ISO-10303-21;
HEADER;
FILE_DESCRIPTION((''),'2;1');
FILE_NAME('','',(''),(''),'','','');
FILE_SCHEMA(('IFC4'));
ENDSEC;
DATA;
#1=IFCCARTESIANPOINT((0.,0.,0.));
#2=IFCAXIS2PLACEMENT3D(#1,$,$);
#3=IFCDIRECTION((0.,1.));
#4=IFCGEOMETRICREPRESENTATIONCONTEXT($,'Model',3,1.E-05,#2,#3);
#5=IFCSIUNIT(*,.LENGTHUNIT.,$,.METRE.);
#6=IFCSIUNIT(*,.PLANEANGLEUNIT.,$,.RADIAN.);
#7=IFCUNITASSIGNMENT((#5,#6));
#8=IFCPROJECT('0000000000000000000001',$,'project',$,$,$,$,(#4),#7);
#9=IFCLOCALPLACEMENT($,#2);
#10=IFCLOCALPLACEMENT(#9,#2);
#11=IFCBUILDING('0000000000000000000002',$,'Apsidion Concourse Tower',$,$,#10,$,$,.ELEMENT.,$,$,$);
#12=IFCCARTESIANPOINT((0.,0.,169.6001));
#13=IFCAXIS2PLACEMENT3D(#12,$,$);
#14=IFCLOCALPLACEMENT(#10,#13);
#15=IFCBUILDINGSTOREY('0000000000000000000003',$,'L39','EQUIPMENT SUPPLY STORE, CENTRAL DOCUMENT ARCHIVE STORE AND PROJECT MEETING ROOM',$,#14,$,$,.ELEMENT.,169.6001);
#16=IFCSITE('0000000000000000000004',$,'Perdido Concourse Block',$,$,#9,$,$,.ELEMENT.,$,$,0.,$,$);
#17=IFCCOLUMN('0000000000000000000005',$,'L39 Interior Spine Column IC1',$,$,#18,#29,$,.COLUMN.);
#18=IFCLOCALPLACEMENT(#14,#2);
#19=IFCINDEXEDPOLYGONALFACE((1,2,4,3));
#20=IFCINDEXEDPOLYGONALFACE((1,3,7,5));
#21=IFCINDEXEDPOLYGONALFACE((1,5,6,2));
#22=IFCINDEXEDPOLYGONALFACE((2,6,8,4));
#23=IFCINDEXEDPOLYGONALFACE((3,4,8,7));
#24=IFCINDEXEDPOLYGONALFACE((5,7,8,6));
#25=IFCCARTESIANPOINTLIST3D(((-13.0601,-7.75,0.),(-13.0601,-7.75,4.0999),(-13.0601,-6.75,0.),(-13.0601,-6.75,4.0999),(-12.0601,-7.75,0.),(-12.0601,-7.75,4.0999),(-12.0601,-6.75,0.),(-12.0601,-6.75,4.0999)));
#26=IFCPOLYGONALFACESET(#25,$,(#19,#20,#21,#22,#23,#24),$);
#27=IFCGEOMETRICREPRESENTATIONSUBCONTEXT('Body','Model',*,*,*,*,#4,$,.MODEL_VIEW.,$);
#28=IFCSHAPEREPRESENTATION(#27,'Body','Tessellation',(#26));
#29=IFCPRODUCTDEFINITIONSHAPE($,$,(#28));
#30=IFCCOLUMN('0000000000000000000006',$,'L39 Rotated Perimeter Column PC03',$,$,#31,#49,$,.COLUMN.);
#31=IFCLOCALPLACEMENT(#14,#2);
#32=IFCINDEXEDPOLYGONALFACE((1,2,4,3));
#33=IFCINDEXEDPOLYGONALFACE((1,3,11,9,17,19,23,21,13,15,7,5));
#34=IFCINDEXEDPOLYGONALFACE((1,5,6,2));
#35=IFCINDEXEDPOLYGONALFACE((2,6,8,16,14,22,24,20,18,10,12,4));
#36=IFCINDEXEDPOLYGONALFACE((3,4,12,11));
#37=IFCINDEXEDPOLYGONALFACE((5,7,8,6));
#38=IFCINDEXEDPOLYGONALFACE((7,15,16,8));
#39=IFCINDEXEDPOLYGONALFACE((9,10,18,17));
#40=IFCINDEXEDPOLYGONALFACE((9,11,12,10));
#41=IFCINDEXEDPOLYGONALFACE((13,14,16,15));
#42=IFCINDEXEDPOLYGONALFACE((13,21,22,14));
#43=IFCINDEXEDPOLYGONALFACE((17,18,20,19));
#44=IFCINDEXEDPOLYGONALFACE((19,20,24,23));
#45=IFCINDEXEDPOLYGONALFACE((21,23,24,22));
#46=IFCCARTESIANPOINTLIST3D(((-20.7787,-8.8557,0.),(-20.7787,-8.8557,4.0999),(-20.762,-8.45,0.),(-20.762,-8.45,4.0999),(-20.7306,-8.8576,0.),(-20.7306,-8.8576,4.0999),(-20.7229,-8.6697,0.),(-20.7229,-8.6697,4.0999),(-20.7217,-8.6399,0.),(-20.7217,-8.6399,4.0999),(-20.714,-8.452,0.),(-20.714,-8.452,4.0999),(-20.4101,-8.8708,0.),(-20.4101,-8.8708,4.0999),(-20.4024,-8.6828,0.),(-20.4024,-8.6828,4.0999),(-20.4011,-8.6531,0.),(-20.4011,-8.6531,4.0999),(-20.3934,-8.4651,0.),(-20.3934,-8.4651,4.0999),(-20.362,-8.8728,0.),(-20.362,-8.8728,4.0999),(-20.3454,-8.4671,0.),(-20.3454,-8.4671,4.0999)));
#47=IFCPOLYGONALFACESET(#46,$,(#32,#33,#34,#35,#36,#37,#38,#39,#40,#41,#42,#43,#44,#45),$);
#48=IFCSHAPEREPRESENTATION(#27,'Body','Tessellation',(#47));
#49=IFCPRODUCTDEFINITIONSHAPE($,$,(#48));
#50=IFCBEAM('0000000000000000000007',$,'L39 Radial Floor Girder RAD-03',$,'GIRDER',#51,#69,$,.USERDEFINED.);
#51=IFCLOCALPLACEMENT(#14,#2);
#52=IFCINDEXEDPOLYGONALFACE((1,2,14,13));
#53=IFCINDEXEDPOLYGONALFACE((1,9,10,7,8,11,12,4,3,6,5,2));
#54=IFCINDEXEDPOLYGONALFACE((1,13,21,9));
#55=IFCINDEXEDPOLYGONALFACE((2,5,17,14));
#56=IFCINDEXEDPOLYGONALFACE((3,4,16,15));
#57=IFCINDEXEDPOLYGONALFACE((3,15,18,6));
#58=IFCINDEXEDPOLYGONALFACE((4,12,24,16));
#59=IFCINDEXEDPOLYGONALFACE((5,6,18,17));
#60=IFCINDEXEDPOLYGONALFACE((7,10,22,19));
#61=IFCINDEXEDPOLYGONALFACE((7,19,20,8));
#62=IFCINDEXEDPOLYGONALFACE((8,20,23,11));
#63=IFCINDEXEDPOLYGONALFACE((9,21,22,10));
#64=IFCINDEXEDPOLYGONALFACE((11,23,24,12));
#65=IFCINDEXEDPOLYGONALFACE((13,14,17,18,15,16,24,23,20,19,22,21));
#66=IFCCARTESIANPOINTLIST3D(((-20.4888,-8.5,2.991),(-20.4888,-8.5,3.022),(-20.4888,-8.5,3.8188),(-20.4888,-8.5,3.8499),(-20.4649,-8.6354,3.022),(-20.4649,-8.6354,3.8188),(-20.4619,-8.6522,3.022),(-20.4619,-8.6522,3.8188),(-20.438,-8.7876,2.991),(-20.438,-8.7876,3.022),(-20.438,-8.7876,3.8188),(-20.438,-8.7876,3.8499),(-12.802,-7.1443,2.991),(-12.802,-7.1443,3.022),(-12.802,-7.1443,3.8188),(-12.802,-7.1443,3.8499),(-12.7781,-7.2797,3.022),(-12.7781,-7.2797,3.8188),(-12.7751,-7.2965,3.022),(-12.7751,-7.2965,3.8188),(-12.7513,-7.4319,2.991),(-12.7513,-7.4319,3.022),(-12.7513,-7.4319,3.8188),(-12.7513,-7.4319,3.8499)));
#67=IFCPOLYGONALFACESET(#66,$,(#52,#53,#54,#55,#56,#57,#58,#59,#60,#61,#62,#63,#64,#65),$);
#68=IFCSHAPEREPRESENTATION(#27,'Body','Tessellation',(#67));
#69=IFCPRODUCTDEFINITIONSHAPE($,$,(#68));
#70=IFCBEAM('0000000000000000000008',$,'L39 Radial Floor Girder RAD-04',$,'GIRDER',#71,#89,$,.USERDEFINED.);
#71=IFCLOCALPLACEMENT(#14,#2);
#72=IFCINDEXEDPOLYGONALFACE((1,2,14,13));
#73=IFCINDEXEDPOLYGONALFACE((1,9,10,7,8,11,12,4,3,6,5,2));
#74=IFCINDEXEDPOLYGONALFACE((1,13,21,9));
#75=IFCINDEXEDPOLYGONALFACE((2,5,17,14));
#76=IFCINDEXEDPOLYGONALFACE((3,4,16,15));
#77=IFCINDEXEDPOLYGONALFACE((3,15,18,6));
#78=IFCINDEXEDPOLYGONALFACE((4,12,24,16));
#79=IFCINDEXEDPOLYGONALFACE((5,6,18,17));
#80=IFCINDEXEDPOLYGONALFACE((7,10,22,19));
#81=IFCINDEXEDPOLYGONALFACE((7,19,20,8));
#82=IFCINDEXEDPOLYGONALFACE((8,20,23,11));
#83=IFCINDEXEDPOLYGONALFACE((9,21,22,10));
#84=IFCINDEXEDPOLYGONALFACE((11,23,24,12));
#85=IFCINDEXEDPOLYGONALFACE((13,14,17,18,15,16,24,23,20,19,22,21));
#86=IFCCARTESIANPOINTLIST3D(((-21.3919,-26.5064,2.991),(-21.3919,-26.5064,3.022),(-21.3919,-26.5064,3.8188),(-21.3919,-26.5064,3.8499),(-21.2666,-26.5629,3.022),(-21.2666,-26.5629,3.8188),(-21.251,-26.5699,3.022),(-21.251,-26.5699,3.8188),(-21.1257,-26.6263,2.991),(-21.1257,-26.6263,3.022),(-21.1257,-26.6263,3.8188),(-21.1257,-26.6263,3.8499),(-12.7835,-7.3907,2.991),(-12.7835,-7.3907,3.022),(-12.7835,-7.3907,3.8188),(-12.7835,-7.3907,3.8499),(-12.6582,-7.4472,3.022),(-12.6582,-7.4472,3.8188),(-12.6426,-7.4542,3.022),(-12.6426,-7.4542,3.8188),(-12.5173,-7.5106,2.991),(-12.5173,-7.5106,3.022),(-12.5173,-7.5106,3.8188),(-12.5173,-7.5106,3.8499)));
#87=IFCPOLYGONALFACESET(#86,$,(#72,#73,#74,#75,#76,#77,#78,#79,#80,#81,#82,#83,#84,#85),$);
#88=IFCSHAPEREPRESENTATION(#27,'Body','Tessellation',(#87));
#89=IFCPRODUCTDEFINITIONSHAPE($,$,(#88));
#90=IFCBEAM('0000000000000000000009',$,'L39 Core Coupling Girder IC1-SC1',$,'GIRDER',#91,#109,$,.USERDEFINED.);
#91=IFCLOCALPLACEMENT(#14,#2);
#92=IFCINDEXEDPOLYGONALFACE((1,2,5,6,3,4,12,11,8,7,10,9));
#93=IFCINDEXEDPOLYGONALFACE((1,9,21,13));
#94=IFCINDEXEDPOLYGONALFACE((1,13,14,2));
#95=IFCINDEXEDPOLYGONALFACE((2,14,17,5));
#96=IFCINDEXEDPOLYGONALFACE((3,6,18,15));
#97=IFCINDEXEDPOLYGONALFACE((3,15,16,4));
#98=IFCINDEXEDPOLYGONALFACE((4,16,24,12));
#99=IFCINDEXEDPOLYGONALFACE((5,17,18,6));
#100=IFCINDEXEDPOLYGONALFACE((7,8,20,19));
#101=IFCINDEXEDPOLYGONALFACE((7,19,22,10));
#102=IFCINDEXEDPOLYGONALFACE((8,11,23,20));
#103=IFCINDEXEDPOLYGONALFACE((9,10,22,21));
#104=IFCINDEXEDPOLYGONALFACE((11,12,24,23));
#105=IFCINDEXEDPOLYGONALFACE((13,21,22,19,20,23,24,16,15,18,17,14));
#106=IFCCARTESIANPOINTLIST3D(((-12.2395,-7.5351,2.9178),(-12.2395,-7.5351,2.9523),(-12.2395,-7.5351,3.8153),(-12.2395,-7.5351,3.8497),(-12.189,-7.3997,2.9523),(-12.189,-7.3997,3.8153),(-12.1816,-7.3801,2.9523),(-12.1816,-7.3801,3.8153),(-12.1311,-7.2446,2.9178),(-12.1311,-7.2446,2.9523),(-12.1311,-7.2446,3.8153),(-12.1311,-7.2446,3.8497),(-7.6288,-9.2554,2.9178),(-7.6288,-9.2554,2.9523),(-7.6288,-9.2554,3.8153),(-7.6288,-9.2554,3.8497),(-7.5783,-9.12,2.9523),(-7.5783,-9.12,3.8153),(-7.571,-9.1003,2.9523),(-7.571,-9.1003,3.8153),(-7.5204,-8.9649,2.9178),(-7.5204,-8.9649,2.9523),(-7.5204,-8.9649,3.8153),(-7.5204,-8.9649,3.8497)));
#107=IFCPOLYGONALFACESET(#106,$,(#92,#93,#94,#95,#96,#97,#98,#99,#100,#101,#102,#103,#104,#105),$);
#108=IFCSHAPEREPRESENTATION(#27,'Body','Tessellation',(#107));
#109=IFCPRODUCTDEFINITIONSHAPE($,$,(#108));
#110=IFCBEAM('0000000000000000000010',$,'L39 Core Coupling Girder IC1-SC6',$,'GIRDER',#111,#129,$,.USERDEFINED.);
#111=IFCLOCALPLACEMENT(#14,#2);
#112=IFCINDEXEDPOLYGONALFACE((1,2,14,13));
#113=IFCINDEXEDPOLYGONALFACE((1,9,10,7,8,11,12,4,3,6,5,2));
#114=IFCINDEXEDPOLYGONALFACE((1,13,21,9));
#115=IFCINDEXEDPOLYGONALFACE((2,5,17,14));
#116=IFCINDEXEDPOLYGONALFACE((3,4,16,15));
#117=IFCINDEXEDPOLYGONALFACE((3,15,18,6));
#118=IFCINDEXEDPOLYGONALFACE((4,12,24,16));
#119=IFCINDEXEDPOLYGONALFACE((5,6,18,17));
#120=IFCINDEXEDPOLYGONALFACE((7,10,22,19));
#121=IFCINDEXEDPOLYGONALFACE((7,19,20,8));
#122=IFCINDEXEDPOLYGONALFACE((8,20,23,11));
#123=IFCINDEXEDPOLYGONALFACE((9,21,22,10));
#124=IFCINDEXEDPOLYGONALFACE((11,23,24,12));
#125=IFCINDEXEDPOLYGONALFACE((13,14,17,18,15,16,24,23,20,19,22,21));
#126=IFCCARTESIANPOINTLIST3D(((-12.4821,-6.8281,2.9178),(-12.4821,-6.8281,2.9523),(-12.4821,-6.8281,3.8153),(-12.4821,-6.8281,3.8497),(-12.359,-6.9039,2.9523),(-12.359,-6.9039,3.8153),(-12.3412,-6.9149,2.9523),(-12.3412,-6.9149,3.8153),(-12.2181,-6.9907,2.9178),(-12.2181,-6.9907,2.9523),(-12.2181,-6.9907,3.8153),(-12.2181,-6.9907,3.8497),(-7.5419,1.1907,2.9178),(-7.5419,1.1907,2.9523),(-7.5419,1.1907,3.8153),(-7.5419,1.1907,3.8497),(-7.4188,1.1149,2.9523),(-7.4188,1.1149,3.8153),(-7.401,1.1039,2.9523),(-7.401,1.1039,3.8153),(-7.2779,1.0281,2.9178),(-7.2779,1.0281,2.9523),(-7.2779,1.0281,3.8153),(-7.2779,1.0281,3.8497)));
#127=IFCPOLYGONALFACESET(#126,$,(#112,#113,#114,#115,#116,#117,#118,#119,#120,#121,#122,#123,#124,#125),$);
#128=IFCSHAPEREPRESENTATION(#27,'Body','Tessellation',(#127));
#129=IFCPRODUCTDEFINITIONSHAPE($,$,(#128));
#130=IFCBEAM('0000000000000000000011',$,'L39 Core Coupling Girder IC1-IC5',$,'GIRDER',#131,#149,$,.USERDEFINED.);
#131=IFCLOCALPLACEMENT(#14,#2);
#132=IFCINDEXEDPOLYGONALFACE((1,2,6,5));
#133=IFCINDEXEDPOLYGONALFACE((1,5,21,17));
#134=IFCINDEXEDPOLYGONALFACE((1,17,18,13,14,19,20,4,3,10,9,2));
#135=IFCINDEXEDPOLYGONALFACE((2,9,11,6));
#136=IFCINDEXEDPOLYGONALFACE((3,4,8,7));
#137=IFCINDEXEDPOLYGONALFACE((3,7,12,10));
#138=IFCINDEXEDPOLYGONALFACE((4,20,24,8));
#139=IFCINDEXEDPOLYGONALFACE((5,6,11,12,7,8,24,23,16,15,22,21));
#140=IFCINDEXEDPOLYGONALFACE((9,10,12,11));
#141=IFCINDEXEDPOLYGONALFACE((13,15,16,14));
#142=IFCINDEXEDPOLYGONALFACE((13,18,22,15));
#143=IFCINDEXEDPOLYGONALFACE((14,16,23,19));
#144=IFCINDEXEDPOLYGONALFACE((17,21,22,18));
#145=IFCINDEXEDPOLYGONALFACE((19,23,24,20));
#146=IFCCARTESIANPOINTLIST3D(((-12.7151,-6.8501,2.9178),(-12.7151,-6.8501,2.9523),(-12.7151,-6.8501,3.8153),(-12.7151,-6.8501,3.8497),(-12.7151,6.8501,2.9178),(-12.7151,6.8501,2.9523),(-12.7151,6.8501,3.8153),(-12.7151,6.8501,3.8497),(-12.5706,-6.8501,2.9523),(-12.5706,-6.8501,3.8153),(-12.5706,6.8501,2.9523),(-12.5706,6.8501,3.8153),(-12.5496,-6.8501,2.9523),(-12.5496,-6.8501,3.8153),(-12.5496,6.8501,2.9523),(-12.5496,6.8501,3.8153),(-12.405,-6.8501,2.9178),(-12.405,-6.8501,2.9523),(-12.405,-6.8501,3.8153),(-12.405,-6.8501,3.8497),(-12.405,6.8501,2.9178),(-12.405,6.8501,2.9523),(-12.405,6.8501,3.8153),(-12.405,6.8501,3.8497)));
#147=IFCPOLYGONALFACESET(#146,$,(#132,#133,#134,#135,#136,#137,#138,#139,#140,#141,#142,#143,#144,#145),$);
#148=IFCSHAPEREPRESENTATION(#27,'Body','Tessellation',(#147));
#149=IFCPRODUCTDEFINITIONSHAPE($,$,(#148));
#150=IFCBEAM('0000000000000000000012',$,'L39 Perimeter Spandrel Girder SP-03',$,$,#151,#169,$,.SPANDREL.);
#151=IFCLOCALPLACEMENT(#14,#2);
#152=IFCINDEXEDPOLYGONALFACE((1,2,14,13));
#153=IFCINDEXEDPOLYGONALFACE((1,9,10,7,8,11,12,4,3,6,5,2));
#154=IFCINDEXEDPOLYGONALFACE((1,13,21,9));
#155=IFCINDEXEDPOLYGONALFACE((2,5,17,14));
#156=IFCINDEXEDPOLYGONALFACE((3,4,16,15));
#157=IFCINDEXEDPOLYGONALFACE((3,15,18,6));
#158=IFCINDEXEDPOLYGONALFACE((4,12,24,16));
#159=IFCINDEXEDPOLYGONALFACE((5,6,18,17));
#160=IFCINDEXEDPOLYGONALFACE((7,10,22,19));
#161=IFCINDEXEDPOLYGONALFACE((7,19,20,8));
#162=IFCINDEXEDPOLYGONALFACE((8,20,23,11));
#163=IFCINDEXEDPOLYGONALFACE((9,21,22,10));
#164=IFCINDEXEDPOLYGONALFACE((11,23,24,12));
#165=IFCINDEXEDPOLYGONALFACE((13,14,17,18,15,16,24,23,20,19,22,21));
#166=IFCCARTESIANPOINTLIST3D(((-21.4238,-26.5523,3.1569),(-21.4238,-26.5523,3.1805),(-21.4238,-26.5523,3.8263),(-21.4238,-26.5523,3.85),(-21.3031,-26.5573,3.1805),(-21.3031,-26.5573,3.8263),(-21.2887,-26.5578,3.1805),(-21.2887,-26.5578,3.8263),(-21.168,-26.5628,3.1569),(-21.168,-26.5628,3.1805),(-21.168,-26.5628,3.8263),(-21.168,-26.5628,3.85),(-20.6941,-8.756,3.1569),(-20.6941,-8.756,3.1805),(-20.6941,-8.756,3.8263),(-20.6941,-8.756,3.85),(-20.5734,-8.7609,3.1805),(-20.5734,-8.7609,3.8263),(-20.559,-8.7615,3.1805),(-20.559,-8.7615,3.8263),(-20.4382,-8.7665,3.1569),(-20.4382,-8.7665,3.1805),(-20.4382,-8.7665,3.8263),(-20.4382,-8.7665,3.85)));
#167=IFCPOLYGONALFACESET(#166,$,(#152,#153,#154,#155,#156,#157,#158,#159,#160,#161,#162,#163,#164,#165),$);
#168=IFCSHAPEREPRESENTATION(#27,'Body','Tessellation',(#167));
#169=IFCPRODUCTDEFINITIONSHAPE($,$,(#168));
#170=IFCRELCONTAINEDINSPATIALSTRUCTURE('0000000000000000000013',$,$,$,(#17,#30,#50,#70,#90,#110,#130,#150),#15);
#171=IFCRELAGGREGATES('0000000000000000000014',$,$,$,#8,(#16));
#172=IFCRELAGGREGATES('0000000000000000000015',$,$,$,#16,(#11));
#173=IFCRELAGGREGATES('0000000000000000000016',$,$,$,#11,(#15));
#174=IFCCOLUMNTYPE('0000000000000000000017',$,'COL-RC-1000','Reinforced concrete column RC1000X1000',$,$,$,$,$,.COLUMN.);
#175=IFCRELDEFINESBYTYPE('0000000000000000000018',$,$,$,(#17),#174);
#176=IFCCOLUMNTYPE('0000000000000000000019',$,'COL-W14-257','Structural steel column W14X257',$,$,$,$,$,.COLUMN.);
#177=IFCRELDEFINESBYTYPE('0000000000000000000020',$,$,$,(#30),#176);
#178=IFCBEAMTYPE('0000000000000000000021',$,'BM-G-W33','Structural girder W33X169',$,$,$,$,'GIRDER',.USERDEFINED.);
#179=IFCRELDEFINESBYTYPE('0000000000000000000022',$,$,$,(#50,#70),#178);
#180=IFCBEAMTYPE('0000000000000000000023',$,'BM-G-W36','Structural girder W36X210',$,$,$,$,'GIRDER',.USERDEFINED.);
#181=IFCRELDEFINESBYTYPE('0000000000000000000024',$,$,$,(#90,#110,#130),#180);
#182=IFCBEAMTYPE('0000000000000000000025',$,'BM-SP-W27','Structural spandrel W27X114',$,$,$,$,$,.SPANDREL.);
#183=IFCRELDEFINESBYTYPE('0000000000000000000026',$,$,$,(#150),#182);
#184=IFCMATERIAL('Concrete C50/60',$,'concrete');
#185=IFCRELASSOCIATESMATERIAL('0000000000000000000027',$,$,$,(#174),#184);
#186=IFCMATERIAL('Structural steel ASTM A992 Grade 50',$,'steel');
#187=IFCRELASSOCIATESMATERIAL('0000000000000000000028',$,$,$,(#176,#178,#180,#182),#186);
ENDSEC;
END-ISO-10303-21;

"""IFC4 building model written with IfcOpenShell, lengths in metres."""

from ifc_helpers import new_model, si_unit, direction, frame, origin, origin_2d, place, context, subcontext, project, spatial, rectangle, i_section, extrude, material, material_profile, profile_set, type_object, element, save


model = new_model("IFC4")

# Units and contexts
model_context = context("Model", 3, precision=1e-05, world=origin(), true_north=direction((0.0, 1.0)))
body_context = subcontext(model_context, "Body", "Model", "MODEL_VIEW")
ifc_project = project(units=[si_unit("LENGTHUNIT", "METRE"), si_unit("PLANEANGLEUNIT", "RADIAN")], contexts=[model_context])

# Site, building, storey
site_placement = place(None, origin())
site = spatial("IfcSite", under=ifc_project, at=site_placement, Name="Perdido Concourse Block", CompositionType="ELEMENT", RefElevation=0.0)
building_placement = place(site_placement, origin())
building = spatial("IfcBuilding", under=site, at=building_placement, Name="Apsidion Concourse Tower", CompositionType="ELEMENT")
storey_placement = place(building_placement, frame((0.0, 0.0, 169.6001)))
storey = spatial("IfcBuildingStorey", under=building, at=storey_placement, Name="L39", Description="EQUIPMENT SUPPLY STORE, CENTRAL DOCUMENT ARCHIVE STORE AND PROJECT MEETING ROOM", CompositionType="ELEMENT", Elevation=169.6001)

# Columns
ifc_material_1 = material(Name="Concrete C50/60", Category="concrete")
ifc_material_profile_1 = material_profile(ifc_material_1, rectangle(XDim=1.0, YDim=1.0, at=origin_2d()), Name="RC 1000x1000")
ifc_profile_set_1 = profile_set([ifc_material_profile_1], Name="Concrete C50/60")
column_type_1 = type_object("IfcColumnType", Name="COL-RC-1000", Description="Reinforced concrete column RC1000X1000", PredefinedType="COLUMN", material=ifc_profile_set_1)
column_1_placement = place(storey_placement, frame((-12.5601, -7.25, 0.0), z_axis=(0.0, 0.0, 1.0), x_axis=(1.0, 0.0, 0.0)))
element("IfcColumn", 1, at=column_1_placement, inside=storey, type_object=column_type_1, Name="L39 Interior Spine Column IC1", PredefinedType="COLUMN", context=body_context, shape_type="SweptSolid", body=[
    extrude(rectangle(XDim=1.0, YDim=1.0, at=origin_2d()), origin(), (0.0, 0.0, 1.0), 4.0999),
])
ifc_material_2 = material(Name="Structural steel ASTM A992 Grade 50", Category="steel")
ifc_material_profile_2 = material_profile(ifc_material_2, i_section(OverallWidth=0.406, OverallDepth=0.417, WebThickness=0.0298, FlangeThickness=0.0481, at=origin_2d()), Name="W14X257")
ifc_profile_set_2 = profile_set([ifc_material_profile_2], Name="Structural steel ASTM A992 Grade 50")
column_type_2 = type_object("IfcColumnType", Name="COL-W14-257", Description="Structural steel column W14X257", PredefinedType="COLUMN", material=ifc_profile_set_2)
column_2_placement = place(storey_placement, frame((-20.562, -8.6614, 0.0), z_axis=(0.0, 0.0, 1.0), x_axis=(0.041004, 0.999159, 0.0)))
element("IfcColumn", 2, at=column_2_placement, inside=storey, type_object=column_type_2, Name="L39 Rotated Perimeter Column PC03", PredefinedType="COLUMN", context=body_context, shape_type="SweptSolid", body=[
    extrude(i_section(OverallWidth=0.406, OverallDepth=0.417, WebThickness=0.0298, FlangeThickness=0.0481, at=origin_2d()), origin(), (0.0, 0.0, 1.0), 4.0999),
])

# Beams
ifc_material_profile_3 = material_profile(ifc_material_2, i_section(OverallWidth=0.292, OverallDepth=0.8589, WebThickness=0.0171, FlangeThickness=0.031, at=origin_2d()), Name="W33X169")
ifc_profile_set_3 = profile_set([ifc_material_profile_3], Name="Structural steel ASTM A992 Grade 50")
beam_type_1 = type_object("IfcBeamType", Name="BM-G-W33", Description="Structural girder W33X169", ElementType="GIRDER", PredefinedType="USERDEFINED", material=ifc_profile_set_3)
beam_1_placement = place(storey_placement, frame((-12.7766, -7.2881, 3.4204), z_axis=(-0.984801, -0.173689, 0.0), x_axis=(0.173689, -0.984801, 0.0)))
element("IfcBeam", 3, at=beam_1_placement, inside=storey, type_object=beam_type_1, Name="L39 Radial Floor Girder RAD-03", ObjectType="GIRDER", PredefinedType="USERDEFINED", context=body_context, shape_type="SweptSolid", body=[
    extrude(i_section(OverallWidth=0.292, OverallDepth=0.8589, WebThickness=0.0171, FlangeThickness=0.031, at=origin_2d()), origin(), (0.0, 0.0, 1.0), 7.8054),
])
beam_2_placement = place(storey_placement, frame((-12.6504, -7.4507, 3.4204), z_axis=(-0.410615, -0.911809, 0.0), x_axis=(0.911809, -0.410615, 0.0)))
element("IfcBeam", 4, at=beam_2_placement, inside=storey, type_object=beam_type_1, Name="L39 Radial Floor Girder RAD-04", ObjectType="GIRDER", PredefinedType="USERDEFINED", context=body_context, shape_type="SweptSolid", body=[
    extrude(i_section(OverallWidth=0.292, OverallDepth=0.8589, WebThickness=0.0171, FlangeThickness=0.031, at=origin_2d()), origin(), (0.0, 0.0, 1.0), 20.9646),
])
ifc_material_profile_4 = material_profile(ifc_material_2, i_section(OverallWidth=0.3101, OverallDepth=0.9319, WebThickness=0.021, FlangeThickness=0.0344, at=origin_2d()), Name="W36X210")
ifc_profile_set_4 = profile_set([ifc_material_profile_4], Name="Structural steel ASTM A992 Grade 50")
beam_type_2 = type_object("IfcBeamType", Name="BM-G-W36", Description="Structural girder W36X210", ElementType="GIRDER", PredefinedType="USERDEFINED", material=ifc_profile_set_4)
beam_3_placement = place(storey_placement, frame((-12.1853, -7.3899, 3.3838), z_axis=(0.936913, -0.349563, 0.0), x_axis=(0.349563, 0.936913, 0.0)))
element("IfcBeam", 5, at=beam_3_placement, inside=storey, type_object=beam_type_2, Name="L39 Core Coupling Girder IC1-SC1", ObjectType="GIRDER", PredefinedType="USERDEFINED", context=body_context, shape_type="SweptSolid", body=[
    extrude(i_section(OverallWidth=0.3101, OverallDepth=0.9319, WebThickness=0.021, FlangeThickness=0.0344, at=origin_2d()), origin(), (0.0, 0.0, 1.0), 4.9211),
])
beam_4_placement = place(storey_placement, frame((-12.3501, -6.9094, 3.3838), z_axis=(0.524524, 0.851396, 0.0), x_axis=(-0.851396, 0.524524, 0.0)))
element("IfcBeam", 6, at=beam_4_placement, inside=storey, type_object=beam_type_2, Name="L39 Core Coupling Girder IC1-SC6", ObjectType="GIRDER", PredefinedType="USERDEFINED", context=body_context, shape_type="SweptSolid", body=[
    extrude(i_section(OverallWidth=0.3101, OverallDepth=0.9319, WebThickness=0.021, FlangeThickness=0.0344, at=origin_2d()), origin(), (0.0, 0.0, 1.0), 9.4185),
])
beam_5_placement = place(storey_placement, frame((-12.5601, -6.8501, 3.3838), z_axis=(0.0, 1.0, 0.0), x_axis=(-1.0, 0.0, 0.0)))
element("IfcBeam", 7, at=beam_5_placement, inside=storey, type_object=beam_type_2, Name="L39 Core Coupling Girder IC1-IC5", ObjectType="GIRDER", PredefinedType="USERDEFINED", context=body_context, shape_type="SweptSolid", body=[
    extrude(i_section(OverallWidth=0.3101, OverallDepth=0.9319, WebThickness=0.021, FlangeThickness=0.0344, at=origin_2d()), origin(), (0.0, 0.0, 1.0), 13.7002),
])
ifc_material_profile_5 = material_profile(ifc_material_2, i_section(OverallWidth=0.2561, OverallDepth=0.6931, WebThickness=0.0144, FlangeThickness=0.0237, at=origin_2d()), Name="W27X114")
ifc_profile_set_5 = profile_set([ifc_material_profile_5], Name="Structural steel ASTM A992 Grade 50")
beam_type_3 = type_object("IfcBeamType", Name="BM-SP-W27", Description="Structural spandrel W27X114", PredefinedType="SPANDREL", material=ifc_profile_set_5)
beam_6_placement = place(storey_placement, frame((-20.5662, -8.7612, 3.5034), z_axis=(-0.04097, -0.99916, 0.0), x_axis=(0.99916, -0.04097, 0.0)))
element("IfcBeam", 8, at=beam_6_placement, inside=storey, type_object=beam_type_3, Name="L39 Perimeter Spandrel Girder SP-03", PredefinedType="SPANDREL", context=body_context, shape_type="SweptSolid", body=[
    extrude(i_section(OverallWidth=0.2561, OverallDepth=0.6931, WebThickness=0.0144, FlangeThickness=0.0237, at=origin_2d()), origin(), (0.0, 0.0, 1.0), 17.8113),
])

save(model, "model.ifc")
